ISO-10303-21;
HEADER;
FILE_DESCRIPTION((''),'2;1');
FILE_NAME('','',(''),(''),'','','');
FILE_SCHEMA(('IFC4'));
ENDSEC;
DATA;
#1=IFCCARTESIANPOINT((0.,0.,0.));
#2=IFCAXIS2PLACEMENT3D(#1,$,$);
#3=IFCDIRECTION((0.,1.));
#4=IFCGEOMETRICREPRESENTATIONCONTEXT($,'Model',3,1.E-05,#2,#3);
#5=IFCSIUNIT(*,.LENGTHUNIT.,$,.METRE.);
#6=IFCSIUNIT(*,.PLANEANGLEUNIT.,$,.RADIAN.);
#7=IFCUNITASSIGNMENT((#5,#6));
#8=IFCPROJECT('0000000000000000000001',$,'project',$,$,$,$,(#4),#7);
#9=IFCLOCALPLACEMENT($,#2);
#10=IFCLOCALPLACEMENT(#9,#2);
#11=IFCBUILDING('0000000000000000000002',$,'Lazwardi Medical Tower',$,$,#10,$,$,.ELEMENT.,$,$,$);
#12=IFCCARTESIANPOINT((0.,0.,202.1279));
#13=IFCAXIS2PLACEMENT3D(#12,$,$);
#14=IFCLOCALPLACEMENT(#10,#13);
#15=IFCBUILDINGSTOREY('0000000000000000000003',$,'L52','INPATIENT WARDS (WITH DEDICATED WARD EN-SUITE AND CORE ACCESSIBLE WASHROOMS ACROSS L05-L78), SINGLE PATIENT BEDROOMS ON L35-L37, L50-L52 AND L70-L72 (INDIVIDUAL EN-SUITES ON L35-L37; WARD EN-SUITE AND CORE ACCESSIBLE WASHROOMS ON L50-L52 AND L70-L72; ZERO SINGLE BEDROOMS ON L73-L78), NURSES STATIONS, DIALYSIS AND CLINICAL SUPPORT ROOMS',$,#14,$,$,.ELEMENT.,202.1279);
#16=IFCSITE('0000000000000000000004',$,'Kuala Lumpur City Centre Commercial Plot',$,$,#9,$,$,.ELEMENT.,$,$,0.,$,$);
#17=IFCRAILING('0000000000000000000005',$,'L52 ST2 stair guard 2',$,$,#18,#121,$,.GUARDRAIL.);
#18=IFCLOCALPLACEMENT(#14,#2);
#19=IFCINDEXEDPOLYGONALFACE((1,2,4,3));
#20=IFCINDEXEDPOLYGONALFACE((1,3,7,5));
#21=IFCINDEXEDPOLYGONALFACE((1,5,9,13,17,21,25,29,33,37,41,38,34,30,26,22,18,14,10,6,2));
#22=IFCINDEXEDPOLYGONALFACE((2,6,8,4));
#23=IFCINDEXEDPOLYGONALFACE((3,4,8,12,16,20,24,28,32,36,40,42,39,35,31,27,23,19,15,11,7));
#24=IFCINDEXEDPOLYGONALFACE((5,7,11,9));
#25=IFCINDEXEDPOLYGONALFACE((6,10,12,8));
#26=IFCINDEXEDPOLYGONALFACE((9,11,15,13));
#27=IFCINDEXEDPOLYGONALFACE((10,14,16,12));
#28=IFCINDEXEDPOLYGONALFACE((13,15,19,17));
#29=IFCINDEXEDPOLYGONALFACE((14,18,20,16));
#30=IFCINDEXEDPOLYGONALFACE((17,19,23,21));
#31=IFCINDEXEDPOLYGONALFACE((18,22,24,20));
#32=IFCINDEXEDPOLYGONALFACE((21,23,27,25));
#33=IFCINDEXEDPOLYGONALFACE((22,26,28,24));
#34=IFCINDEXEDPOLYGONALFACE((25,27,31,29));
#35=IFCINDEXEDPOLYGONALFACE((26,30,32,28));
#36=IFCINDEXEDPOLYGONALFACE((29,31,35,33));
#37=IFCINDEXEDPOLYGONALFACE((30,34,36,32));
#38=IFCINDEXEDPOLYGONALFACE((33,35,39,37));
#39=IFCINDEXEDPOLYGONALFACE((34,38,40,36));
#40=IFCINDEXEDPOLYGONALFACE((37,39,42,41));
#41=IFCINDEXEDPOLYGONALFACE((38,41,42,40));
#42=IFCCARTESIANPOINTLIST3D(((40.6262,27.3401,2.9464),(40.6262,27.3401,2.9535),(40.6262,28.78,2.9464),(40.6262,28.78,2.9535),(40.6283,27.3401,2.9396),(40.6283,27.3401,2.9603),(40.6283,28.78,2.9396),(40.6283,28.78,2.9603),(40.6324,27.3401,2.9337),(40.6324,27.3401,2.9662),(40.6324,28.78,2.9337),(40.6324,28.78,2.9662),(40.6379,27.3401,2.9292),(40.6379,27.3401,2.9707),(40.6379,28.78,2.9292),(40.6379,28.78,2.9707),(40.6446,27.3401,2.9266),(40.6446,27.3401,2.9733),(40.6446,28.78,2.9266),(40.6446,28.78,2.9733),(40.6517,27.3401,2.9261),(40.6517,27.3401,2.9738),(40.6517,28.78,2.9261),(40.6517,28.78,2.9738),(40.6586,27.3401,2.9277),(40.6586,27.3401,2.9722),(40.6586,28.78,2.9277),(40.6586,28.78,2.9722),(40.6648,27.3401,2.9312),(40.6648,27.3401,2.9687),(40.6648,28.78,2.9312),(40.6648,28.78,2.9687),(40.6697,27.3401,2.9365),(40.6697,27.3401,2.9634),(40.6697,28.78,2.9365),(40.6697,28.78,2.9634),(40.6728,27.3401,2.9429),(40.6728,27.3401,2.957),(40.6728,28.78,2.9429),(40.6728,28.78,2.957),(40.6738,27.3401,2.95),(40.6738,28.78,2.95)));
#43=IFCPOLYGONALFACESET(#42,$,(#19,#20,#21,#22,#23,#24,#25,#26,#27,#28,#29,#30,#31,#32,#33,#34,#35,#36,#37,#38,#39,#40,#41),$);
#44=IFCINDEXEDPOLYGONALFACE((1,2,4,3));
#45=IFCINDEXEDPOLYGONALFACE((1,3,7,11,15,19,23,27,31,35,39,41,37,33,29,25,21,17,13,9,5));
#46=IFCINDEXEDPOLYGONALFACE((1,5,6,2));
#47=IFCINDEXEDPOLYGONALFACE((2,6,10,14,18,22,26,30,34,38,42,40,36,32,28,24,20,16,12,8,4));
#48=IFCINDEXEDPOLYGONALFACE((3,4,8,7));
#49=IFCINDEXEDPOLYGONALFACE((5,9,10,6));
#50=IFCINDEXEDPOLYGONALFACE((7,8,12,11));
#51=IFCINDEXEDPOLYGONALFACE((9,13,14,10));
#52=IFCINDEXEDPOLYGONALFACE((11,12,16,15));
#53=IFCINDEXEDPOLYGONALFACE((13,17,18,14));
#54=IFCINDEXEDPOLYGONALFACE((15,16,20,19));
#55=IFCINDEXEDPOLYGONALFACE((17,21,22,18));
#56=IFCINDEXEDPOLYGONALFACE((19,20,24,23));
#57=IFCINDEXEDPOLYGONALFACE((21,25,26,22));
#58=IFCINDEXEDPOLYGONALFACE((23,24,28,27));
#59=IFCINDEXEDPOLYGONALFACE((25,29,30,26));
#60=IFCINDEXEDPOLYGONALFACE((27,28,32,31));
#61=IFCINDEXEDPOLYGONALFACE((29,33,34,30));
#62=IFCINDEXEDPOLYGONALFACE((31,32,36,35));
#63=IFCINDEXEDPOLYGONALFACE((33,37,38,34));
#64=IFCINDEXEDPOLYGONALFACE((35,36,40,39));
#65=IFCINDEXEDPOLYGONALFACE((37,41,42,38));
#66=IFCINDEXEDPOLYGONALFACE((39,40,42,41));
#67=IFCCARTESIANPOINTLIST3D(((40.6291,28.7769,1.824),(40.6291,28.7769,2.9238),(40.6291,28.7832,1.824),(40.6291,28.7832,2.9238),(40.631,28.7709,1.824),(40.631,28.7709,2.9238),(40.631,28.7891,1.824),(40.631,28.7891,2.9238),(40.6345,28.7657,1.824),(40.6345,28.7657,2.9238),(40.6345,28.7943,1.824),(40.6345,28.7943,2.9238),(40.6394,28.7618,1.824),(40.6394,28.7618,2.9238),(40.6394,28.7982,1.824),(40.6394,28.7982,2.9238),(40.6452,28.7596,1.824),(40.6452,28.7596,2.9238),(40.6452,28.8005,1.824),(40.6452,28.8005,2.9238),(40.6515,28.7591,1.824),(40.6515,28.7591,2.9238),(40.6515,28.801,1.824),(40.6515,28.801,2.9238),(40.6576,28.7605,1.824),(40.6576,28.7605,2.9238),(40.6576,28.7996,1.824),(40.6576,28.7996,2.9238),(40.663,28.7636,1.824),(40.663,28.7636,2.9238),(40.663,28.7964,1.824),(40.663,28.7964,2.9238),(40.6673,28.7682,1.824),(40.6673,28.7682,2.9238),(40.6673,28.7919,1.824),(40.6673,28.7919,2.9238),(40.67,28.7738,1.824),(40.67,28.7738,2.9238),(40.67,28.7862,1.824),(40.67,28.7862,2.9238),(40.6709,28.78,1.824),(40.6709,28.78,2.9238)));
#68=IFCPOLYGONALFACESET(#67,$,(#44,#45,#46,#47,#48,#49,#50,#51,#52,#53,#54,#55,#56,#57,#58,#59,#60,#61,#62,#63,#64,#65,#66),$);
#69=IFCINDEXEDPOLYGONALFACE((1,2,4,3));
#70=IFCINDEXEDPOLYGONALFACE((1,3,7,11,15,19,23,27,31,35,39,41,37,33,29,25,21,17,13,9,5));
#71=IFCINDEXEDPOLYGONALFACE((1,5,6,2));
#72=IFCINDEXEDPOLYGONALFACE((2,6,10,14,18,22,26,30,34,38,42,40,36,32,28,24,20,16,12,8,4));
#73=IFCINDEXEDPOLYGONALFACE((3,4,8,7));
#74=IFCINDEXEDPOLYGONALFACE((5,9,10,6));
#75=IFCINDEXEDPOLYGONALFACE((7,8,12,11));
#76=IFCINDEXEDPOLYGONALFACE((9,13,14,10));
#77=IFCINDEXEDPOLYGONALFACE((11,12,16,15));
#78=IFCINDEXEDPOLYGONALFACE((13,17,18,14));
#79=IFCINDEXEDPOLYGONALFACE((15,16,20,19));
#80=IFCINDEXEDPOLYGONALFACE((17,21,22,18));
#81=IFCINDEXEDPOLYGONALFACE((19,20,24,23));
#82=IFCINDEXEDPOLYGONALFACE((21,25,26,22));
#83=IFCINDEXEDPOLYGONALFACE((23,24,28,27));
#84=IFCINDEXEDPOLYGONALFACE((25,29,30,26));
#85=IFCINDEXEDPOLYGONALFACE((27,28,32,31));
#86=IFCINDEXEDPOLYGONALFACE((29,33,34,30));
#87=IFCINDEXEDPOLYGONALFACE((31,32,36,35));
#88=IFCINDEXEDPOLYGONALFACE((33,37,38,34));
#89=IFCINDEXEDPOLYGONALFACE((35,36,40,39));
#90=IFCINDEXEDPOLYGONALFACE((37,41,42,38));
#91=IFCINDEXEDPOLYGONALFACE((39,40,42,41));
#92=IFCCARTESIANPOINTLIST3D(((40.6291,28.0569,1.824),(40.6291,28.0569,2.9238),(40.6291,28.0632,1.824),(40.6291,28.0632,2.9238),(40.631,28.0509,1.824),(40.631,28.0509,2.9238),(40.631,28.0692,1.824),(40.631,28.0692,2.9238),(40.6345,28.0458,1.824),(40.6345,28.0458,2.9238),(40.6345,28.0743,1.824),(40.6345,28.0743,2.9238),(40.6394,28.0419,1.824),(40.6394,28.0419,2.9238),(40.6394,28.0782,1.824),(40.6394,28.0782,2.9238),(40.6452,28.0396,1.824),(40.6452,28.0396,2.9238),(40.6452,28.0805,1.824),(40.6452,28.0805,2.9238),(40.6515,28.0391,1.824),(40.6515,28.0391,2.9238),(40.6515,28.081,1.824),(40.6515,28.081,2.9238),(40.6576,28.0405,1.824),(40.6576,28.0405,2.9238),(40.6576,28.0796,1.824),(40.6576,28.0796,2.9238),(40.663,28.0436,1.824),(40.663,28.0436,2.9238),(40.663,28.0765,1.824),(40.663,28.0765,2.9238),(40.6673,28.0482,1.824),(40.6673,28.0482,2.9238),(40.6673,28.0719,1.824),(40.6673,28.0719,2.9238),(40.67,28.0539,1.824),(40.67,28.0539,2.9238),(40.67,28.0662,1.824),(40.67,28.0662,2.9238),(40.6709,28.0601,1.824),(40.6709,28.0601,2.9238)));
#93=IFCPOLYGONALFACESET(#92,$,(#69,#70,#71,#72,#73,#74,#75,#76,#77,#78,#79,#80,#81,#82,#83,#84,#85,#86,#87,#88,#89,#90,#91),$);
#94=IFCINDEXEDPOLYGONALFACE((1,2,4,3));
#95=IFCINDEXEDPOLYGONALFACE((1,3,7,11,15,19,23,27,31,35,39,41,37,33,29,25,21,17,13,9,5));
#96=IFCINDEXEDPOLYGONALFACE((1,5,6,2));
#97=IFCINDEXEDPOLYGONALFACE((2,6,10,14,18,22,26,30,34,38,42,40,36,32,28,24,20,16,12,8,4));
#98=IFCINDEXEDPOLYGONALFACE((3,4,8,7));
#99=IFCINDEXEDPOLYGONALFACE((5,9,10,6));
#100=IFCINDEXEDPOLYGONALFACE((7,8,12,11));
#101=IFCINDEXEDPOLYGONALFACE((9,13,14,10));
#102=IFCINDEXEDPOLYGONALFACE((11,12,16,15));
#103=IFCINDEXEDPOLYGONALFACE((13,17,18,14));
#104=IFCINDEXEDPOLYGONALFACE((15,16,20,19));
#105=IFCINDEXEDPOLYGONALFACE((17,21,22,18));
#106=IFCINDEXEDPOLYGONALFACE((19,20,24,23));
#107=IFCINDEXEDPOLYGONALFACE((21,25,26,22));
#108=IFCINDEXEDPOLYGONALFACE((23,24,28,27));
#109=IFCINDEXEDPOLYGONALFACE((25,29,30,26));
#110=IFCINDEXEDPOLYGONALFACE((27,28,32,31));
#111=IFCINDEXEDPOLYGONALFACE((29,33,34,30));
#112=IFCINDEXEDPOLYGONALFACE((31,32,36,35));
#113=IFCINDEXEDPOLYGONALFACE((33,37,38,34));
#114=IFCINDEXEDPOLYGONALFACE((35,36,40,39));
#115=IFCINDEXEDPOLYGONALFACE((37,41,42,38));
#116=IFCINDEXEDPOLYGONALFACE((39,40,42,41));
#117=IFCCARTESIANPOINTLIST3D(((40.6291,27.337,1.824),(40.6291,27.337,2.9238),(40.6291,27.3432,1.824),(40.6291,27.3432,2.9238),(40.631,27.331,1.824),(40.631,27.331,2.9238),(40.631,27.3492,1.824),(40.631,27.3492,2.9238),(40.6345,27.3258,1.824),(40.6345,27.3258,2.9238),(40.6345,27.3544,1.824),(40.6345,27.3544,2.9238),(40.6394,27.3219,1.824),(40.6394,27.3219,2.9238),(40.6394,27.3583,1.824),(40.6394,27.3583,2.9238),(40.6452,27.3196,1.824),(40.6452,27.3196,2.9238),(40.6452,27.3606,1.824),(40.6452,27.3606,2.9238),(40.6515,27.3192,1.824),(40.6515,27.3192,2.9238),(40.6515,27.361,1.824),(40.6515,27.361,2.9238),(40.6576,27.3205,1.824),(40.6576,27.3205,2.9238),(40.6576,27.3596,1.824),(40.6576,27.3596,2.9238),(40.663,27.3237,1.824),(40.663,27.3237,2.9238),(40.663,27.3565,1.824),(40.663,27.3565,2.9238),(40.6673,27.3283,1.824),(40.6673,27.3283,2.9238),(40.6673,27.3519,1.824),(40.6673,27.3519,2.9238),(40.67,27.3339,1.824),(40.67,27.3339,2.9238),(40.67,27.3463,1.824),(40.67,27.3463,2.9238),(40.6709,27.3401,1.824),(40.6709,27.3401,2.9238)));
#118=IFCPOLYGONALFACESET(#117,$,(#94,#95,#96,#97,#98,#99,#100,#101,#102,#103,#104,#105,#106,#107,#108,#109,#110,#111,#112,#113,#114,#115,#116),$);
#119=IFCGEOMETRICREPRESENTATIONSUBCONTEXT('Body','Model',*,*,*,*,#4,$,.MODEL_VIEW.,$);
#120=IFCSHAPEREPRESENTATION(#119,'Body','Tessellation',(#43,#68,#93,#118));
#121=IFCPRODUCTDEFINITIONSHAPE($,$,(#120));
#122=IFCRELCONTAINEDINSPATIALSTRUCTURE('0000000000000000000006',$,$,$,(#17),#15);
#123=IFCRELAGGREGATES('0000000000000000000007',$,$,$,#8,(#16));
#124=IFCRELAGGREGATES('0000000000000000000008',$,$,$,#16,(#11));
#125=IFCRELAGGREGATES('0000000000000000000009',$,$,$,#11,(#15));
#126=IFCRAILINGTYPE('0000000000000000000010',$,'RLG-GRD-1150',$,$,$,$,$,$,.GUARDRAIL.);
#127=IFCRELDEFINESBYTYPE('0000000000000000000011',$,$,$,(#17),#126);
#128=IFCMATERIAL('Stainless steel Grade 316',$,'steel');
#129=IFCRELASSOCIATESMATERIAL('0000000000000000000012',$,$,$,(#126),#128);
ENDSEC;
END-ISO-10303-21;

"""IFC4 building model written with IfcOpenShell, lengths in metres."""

from ifc_helpers import new_model, si_unit, direction, frame, origin, origin_2d, place, context, subcontext, project, spatial, circle, extrude, material, type_object, element, save


model = new_model("IFC4")

# Units and contexts
model_context = context("Model", 3, precision=1e-05, world=origin(), true_north=direction((0.0, 1.0)))
body_context = subcontext(model_context, "Body", "Model", "MODEL_VIEW")
ifc_project = project(units=[si_unit("LENGTHUNIT", "METRE"), si_unit("PLANEANGLEUNIT", "RADIAN")], contexts=[model_context])

# Site, building, storey
site_placement = place(None, origin())
site = spatial("IfcSite", under=ifc_project, at=site_placement, Name="Kuala Lumpur City Centre Commercial Plot", CompositionType="ELEMENT", RefElevation=0.0)
building_placement = place(site_placement, origin())
building = spatial("IfcBuilding", under=site, at=building_placement, Name="Lazwardi Medical Tower", CompositionType="ELEMENT")
storey_placement = place(building_placement, frame((0.0, 0.0, 202.1279)))
storey = spatial("IfcBuildingStorey", under=building, at=storey_placement, Name="L52", Description="INPATIENT WARDS (WITH DEDICATED WARD EN-SUITE AND CORE ACCESSIBLE WASHROOMS ACROSS L05-L78), SINGLE PATIENT BEDROOMS ON L35-L37, L50-L52 AND L70-L72 (INDIVIDUAL EN-SUITES ON L35-L37; WARD EN-SUITE AND CORE ACCESSIBLE WASHROOMS ON L50-L52 AND L70-L72; ZERO SINGLE BEDROOMS ON L73-L78), NURSES STATIONS, DIALYSIS AND CLINICAL SUPPORT ROOMS", CompositionType="ELEMENT", Elevation=202.1279)

# Railing
ifc_material_1 = material(Name="Stainless steel Grade 316", Category="steel")
railing_type_1 = type_object("IfcRailingType", Name="RLG-GRD-1150", PredefinedType="GUARDRAIL", material=ifc_material_1)
railing_1_placement = place(storey_placement, frame((40.6499, 28.78, 1.824)))
element("IfcRailing", 1, at=railing_1_placement, inside=storey, type_object=railing_type_1, Name="L52 ST2 stair guard 2", PredefinedType="GUARDRAIL", context=body_context, shape_type="SweptSolid", body=[
    extrude(circle(Radius=0.0239, at=origin_2d()), frame((0.0, 0.0, 1.126), z_axis=(0.0, -1.0, 0.0), x_axis=(1.0, 0.0, 0.0)), (0.0, 0.0, 1.0), 1.4399),
    extrude(circle(Radius=0.021, at=origin_2d()), origin(), (0.0, 0.0, 1.0), 1.0999),
    extrude(circle(Radius=0.021, at=origin_2d()), frame((0.0, -0.72, 0.0)), (0.0, 0.0, 1.0), 1.0999),
    extrude(circle(Radius=0.021, at=origin_2d()), frame((0.0, -1.4399, 0.0)), (0.0, 0.0, 1.0), 1.0999),
])

save(model, "model.ifc")
